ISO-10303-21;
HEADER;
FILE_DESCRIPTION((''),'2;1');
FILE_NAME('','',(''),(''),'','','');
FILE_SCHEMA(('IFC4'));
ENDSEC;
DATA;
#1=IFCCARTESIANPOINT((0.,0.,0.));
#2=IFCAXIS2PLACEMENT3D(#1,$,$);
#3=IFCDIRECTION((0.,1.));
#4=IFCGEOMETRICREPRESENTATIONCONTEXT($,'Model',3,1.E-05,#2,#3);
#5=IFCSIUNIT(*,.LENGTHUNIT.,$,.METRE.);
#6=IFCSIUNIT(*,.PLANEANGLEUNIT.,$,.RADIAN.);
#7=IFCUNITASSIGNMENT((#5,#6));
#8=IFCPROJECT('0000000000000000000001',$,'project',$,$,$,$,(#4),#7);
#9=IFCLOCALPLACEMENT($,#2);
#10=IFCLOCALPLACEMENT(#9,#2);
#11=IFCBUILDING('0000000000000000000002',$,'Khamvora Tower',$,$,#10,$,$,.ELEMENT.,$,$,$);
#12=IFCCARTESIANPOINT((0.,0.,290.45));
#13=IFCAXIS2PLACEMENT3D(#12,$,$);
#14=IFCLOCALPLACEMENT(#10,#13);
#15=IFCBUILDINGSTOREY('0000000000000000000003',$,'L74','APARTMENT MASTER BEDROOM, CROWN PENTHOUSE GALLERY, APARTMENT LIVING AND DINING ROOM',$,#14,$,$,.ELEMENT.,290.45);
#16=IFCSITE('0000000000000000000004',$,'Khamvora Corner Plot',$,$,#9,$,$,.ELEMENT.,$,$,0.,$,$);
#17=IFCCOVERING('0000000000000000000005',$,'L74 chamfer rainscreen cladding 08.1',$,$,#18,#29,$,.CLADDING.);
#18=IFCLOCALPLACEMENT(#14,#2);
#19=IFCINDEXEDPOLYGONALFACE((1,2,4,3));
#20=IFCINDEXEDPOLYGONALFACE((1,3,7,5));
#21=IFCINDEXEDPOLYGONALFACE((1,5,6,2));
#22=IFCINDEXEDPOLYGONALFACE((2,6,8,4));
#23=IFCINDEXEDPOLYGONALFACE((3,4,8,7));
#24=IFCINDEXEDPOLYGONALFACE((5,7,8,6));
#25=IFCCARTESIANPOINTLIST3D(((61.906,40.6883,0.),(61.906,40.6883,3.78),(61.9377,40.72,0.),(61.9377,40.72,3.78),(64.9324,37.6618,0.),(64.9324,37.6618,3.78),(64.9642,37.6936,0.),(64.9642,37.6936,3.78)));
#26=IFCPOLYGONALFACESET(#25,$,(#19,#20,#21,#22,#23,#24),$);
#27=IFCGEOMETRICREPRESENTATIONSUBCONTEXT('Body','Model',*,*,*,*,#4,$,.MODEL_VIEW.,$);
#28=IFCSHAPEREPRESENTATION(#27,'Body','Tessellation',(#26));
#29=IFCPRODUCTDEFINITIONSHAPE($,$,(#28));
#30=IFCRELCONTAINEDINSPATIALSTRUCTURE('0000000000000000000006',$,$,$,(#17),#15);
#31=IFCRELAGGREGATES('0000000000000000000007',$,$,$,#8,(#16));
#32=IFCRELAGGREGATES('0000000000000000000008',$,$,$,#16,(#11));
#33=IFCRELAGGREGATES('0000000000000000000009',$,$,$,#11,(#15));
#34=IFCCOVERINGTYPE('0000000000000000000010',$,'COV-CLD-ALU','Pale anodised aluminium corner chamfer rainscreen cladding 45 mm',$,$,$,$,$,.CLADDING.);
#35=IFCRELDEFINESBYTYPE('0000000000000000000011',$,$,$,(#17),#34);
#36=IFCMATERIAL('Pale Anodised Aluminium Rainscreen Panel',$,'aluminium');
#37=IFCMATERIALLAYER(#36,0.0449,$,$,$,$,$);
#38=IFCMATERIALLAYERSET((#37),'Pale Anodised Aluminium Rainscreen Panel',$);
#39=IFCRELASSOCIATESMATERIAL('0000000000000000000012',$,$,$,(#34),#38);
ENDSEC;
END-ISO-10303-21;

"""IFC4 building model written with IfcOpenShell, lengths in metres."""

from ifc_helpers import new_model, si_unit, direction, frame, origin, origin_2d, place, context, subcontext, project, spatial, rectangle, extrude, material, layer, layer_set, type_object, element, save


model = new_model("IFC4")

# Units and contexts
model_context = context("Model", 3, precision=1e-05, world=origin(), true_north=direction((0.0, 1.0)))
body_context = subcontext(model_context, "Body", "Model", "MODEL_VIEW")
ifc_project = project(units=[si_unit("LENGTHUNIT", "METRE"), si_unit("PLANEANGLEUNIT", "RADIAN")], contexts=[model_context])

# Site, building, storey
site_placement = place(None, origin())
site = spatial("IfcSite", under=ifc_project, at=site_placement, Name="Khamvora Corner Plot", CompositionType="ELEMENT", RefElevation=0.0)
building_placement = place(site_placement, origin())
building = spatial("IfcBuilding", under=site, at=building_placement, Name="Khamvora Tower", CompositionType="ELEMENT")
storey_placement = place(building_placement, frame((0.0, 0.0, 290.45)))
storey = spatial("IfcBuildingStorey", under=building, at=storey_placement, Name="L74", Description="APARTMENT MASTER BEDROOM, CROWN PENTHOUSE GALLERY, APARTMENT LIVING AND DINING ROOM", CompositionType="ELEMENT", Elevation=290.45)

# Covering
ifc_material_1 = material(Name="Pale Anodised Aluminium Rainscreen Panel", Category="aluminium")
ifc_layer_1 = layer(ifc_material_1, 0.0449)
ifc_layer_set_1 = layer_set([ifc_layer_1], Name="Pale Anodised Aluminium Rainscreen Panel")
covering_type = type_object("IfcCoveringType", Name="COV-CLD-ALU", Description="Pale anodised aluminium corner chamfer rainscreen cladding 45 mm", PredefinedType="CLADDING", material=ifc_layer_set_1)
covering_placement = place(storey_placement, frame((63.4351, 39.1909, 0.0), z_axis=(0.0, 0.0, 1.0), x_axis=(0.707107, -0.707107, 0.0)))
element("IfcCovering", 1, at=covering_placement, inside=storey, type_object=covering_type, Name="L74 chamfer rainscreen cladding 08.1", PredefinedType="CLADDING", context=body_context, shape_type="SweptSolid", body=[
    extrude(rectangle(XDim=4.28, YDim=0.0449, at=origin_2d()), origin(), (0.0, 0.0, 1.0), 3.78),
])

save(model, "model.ifc")
